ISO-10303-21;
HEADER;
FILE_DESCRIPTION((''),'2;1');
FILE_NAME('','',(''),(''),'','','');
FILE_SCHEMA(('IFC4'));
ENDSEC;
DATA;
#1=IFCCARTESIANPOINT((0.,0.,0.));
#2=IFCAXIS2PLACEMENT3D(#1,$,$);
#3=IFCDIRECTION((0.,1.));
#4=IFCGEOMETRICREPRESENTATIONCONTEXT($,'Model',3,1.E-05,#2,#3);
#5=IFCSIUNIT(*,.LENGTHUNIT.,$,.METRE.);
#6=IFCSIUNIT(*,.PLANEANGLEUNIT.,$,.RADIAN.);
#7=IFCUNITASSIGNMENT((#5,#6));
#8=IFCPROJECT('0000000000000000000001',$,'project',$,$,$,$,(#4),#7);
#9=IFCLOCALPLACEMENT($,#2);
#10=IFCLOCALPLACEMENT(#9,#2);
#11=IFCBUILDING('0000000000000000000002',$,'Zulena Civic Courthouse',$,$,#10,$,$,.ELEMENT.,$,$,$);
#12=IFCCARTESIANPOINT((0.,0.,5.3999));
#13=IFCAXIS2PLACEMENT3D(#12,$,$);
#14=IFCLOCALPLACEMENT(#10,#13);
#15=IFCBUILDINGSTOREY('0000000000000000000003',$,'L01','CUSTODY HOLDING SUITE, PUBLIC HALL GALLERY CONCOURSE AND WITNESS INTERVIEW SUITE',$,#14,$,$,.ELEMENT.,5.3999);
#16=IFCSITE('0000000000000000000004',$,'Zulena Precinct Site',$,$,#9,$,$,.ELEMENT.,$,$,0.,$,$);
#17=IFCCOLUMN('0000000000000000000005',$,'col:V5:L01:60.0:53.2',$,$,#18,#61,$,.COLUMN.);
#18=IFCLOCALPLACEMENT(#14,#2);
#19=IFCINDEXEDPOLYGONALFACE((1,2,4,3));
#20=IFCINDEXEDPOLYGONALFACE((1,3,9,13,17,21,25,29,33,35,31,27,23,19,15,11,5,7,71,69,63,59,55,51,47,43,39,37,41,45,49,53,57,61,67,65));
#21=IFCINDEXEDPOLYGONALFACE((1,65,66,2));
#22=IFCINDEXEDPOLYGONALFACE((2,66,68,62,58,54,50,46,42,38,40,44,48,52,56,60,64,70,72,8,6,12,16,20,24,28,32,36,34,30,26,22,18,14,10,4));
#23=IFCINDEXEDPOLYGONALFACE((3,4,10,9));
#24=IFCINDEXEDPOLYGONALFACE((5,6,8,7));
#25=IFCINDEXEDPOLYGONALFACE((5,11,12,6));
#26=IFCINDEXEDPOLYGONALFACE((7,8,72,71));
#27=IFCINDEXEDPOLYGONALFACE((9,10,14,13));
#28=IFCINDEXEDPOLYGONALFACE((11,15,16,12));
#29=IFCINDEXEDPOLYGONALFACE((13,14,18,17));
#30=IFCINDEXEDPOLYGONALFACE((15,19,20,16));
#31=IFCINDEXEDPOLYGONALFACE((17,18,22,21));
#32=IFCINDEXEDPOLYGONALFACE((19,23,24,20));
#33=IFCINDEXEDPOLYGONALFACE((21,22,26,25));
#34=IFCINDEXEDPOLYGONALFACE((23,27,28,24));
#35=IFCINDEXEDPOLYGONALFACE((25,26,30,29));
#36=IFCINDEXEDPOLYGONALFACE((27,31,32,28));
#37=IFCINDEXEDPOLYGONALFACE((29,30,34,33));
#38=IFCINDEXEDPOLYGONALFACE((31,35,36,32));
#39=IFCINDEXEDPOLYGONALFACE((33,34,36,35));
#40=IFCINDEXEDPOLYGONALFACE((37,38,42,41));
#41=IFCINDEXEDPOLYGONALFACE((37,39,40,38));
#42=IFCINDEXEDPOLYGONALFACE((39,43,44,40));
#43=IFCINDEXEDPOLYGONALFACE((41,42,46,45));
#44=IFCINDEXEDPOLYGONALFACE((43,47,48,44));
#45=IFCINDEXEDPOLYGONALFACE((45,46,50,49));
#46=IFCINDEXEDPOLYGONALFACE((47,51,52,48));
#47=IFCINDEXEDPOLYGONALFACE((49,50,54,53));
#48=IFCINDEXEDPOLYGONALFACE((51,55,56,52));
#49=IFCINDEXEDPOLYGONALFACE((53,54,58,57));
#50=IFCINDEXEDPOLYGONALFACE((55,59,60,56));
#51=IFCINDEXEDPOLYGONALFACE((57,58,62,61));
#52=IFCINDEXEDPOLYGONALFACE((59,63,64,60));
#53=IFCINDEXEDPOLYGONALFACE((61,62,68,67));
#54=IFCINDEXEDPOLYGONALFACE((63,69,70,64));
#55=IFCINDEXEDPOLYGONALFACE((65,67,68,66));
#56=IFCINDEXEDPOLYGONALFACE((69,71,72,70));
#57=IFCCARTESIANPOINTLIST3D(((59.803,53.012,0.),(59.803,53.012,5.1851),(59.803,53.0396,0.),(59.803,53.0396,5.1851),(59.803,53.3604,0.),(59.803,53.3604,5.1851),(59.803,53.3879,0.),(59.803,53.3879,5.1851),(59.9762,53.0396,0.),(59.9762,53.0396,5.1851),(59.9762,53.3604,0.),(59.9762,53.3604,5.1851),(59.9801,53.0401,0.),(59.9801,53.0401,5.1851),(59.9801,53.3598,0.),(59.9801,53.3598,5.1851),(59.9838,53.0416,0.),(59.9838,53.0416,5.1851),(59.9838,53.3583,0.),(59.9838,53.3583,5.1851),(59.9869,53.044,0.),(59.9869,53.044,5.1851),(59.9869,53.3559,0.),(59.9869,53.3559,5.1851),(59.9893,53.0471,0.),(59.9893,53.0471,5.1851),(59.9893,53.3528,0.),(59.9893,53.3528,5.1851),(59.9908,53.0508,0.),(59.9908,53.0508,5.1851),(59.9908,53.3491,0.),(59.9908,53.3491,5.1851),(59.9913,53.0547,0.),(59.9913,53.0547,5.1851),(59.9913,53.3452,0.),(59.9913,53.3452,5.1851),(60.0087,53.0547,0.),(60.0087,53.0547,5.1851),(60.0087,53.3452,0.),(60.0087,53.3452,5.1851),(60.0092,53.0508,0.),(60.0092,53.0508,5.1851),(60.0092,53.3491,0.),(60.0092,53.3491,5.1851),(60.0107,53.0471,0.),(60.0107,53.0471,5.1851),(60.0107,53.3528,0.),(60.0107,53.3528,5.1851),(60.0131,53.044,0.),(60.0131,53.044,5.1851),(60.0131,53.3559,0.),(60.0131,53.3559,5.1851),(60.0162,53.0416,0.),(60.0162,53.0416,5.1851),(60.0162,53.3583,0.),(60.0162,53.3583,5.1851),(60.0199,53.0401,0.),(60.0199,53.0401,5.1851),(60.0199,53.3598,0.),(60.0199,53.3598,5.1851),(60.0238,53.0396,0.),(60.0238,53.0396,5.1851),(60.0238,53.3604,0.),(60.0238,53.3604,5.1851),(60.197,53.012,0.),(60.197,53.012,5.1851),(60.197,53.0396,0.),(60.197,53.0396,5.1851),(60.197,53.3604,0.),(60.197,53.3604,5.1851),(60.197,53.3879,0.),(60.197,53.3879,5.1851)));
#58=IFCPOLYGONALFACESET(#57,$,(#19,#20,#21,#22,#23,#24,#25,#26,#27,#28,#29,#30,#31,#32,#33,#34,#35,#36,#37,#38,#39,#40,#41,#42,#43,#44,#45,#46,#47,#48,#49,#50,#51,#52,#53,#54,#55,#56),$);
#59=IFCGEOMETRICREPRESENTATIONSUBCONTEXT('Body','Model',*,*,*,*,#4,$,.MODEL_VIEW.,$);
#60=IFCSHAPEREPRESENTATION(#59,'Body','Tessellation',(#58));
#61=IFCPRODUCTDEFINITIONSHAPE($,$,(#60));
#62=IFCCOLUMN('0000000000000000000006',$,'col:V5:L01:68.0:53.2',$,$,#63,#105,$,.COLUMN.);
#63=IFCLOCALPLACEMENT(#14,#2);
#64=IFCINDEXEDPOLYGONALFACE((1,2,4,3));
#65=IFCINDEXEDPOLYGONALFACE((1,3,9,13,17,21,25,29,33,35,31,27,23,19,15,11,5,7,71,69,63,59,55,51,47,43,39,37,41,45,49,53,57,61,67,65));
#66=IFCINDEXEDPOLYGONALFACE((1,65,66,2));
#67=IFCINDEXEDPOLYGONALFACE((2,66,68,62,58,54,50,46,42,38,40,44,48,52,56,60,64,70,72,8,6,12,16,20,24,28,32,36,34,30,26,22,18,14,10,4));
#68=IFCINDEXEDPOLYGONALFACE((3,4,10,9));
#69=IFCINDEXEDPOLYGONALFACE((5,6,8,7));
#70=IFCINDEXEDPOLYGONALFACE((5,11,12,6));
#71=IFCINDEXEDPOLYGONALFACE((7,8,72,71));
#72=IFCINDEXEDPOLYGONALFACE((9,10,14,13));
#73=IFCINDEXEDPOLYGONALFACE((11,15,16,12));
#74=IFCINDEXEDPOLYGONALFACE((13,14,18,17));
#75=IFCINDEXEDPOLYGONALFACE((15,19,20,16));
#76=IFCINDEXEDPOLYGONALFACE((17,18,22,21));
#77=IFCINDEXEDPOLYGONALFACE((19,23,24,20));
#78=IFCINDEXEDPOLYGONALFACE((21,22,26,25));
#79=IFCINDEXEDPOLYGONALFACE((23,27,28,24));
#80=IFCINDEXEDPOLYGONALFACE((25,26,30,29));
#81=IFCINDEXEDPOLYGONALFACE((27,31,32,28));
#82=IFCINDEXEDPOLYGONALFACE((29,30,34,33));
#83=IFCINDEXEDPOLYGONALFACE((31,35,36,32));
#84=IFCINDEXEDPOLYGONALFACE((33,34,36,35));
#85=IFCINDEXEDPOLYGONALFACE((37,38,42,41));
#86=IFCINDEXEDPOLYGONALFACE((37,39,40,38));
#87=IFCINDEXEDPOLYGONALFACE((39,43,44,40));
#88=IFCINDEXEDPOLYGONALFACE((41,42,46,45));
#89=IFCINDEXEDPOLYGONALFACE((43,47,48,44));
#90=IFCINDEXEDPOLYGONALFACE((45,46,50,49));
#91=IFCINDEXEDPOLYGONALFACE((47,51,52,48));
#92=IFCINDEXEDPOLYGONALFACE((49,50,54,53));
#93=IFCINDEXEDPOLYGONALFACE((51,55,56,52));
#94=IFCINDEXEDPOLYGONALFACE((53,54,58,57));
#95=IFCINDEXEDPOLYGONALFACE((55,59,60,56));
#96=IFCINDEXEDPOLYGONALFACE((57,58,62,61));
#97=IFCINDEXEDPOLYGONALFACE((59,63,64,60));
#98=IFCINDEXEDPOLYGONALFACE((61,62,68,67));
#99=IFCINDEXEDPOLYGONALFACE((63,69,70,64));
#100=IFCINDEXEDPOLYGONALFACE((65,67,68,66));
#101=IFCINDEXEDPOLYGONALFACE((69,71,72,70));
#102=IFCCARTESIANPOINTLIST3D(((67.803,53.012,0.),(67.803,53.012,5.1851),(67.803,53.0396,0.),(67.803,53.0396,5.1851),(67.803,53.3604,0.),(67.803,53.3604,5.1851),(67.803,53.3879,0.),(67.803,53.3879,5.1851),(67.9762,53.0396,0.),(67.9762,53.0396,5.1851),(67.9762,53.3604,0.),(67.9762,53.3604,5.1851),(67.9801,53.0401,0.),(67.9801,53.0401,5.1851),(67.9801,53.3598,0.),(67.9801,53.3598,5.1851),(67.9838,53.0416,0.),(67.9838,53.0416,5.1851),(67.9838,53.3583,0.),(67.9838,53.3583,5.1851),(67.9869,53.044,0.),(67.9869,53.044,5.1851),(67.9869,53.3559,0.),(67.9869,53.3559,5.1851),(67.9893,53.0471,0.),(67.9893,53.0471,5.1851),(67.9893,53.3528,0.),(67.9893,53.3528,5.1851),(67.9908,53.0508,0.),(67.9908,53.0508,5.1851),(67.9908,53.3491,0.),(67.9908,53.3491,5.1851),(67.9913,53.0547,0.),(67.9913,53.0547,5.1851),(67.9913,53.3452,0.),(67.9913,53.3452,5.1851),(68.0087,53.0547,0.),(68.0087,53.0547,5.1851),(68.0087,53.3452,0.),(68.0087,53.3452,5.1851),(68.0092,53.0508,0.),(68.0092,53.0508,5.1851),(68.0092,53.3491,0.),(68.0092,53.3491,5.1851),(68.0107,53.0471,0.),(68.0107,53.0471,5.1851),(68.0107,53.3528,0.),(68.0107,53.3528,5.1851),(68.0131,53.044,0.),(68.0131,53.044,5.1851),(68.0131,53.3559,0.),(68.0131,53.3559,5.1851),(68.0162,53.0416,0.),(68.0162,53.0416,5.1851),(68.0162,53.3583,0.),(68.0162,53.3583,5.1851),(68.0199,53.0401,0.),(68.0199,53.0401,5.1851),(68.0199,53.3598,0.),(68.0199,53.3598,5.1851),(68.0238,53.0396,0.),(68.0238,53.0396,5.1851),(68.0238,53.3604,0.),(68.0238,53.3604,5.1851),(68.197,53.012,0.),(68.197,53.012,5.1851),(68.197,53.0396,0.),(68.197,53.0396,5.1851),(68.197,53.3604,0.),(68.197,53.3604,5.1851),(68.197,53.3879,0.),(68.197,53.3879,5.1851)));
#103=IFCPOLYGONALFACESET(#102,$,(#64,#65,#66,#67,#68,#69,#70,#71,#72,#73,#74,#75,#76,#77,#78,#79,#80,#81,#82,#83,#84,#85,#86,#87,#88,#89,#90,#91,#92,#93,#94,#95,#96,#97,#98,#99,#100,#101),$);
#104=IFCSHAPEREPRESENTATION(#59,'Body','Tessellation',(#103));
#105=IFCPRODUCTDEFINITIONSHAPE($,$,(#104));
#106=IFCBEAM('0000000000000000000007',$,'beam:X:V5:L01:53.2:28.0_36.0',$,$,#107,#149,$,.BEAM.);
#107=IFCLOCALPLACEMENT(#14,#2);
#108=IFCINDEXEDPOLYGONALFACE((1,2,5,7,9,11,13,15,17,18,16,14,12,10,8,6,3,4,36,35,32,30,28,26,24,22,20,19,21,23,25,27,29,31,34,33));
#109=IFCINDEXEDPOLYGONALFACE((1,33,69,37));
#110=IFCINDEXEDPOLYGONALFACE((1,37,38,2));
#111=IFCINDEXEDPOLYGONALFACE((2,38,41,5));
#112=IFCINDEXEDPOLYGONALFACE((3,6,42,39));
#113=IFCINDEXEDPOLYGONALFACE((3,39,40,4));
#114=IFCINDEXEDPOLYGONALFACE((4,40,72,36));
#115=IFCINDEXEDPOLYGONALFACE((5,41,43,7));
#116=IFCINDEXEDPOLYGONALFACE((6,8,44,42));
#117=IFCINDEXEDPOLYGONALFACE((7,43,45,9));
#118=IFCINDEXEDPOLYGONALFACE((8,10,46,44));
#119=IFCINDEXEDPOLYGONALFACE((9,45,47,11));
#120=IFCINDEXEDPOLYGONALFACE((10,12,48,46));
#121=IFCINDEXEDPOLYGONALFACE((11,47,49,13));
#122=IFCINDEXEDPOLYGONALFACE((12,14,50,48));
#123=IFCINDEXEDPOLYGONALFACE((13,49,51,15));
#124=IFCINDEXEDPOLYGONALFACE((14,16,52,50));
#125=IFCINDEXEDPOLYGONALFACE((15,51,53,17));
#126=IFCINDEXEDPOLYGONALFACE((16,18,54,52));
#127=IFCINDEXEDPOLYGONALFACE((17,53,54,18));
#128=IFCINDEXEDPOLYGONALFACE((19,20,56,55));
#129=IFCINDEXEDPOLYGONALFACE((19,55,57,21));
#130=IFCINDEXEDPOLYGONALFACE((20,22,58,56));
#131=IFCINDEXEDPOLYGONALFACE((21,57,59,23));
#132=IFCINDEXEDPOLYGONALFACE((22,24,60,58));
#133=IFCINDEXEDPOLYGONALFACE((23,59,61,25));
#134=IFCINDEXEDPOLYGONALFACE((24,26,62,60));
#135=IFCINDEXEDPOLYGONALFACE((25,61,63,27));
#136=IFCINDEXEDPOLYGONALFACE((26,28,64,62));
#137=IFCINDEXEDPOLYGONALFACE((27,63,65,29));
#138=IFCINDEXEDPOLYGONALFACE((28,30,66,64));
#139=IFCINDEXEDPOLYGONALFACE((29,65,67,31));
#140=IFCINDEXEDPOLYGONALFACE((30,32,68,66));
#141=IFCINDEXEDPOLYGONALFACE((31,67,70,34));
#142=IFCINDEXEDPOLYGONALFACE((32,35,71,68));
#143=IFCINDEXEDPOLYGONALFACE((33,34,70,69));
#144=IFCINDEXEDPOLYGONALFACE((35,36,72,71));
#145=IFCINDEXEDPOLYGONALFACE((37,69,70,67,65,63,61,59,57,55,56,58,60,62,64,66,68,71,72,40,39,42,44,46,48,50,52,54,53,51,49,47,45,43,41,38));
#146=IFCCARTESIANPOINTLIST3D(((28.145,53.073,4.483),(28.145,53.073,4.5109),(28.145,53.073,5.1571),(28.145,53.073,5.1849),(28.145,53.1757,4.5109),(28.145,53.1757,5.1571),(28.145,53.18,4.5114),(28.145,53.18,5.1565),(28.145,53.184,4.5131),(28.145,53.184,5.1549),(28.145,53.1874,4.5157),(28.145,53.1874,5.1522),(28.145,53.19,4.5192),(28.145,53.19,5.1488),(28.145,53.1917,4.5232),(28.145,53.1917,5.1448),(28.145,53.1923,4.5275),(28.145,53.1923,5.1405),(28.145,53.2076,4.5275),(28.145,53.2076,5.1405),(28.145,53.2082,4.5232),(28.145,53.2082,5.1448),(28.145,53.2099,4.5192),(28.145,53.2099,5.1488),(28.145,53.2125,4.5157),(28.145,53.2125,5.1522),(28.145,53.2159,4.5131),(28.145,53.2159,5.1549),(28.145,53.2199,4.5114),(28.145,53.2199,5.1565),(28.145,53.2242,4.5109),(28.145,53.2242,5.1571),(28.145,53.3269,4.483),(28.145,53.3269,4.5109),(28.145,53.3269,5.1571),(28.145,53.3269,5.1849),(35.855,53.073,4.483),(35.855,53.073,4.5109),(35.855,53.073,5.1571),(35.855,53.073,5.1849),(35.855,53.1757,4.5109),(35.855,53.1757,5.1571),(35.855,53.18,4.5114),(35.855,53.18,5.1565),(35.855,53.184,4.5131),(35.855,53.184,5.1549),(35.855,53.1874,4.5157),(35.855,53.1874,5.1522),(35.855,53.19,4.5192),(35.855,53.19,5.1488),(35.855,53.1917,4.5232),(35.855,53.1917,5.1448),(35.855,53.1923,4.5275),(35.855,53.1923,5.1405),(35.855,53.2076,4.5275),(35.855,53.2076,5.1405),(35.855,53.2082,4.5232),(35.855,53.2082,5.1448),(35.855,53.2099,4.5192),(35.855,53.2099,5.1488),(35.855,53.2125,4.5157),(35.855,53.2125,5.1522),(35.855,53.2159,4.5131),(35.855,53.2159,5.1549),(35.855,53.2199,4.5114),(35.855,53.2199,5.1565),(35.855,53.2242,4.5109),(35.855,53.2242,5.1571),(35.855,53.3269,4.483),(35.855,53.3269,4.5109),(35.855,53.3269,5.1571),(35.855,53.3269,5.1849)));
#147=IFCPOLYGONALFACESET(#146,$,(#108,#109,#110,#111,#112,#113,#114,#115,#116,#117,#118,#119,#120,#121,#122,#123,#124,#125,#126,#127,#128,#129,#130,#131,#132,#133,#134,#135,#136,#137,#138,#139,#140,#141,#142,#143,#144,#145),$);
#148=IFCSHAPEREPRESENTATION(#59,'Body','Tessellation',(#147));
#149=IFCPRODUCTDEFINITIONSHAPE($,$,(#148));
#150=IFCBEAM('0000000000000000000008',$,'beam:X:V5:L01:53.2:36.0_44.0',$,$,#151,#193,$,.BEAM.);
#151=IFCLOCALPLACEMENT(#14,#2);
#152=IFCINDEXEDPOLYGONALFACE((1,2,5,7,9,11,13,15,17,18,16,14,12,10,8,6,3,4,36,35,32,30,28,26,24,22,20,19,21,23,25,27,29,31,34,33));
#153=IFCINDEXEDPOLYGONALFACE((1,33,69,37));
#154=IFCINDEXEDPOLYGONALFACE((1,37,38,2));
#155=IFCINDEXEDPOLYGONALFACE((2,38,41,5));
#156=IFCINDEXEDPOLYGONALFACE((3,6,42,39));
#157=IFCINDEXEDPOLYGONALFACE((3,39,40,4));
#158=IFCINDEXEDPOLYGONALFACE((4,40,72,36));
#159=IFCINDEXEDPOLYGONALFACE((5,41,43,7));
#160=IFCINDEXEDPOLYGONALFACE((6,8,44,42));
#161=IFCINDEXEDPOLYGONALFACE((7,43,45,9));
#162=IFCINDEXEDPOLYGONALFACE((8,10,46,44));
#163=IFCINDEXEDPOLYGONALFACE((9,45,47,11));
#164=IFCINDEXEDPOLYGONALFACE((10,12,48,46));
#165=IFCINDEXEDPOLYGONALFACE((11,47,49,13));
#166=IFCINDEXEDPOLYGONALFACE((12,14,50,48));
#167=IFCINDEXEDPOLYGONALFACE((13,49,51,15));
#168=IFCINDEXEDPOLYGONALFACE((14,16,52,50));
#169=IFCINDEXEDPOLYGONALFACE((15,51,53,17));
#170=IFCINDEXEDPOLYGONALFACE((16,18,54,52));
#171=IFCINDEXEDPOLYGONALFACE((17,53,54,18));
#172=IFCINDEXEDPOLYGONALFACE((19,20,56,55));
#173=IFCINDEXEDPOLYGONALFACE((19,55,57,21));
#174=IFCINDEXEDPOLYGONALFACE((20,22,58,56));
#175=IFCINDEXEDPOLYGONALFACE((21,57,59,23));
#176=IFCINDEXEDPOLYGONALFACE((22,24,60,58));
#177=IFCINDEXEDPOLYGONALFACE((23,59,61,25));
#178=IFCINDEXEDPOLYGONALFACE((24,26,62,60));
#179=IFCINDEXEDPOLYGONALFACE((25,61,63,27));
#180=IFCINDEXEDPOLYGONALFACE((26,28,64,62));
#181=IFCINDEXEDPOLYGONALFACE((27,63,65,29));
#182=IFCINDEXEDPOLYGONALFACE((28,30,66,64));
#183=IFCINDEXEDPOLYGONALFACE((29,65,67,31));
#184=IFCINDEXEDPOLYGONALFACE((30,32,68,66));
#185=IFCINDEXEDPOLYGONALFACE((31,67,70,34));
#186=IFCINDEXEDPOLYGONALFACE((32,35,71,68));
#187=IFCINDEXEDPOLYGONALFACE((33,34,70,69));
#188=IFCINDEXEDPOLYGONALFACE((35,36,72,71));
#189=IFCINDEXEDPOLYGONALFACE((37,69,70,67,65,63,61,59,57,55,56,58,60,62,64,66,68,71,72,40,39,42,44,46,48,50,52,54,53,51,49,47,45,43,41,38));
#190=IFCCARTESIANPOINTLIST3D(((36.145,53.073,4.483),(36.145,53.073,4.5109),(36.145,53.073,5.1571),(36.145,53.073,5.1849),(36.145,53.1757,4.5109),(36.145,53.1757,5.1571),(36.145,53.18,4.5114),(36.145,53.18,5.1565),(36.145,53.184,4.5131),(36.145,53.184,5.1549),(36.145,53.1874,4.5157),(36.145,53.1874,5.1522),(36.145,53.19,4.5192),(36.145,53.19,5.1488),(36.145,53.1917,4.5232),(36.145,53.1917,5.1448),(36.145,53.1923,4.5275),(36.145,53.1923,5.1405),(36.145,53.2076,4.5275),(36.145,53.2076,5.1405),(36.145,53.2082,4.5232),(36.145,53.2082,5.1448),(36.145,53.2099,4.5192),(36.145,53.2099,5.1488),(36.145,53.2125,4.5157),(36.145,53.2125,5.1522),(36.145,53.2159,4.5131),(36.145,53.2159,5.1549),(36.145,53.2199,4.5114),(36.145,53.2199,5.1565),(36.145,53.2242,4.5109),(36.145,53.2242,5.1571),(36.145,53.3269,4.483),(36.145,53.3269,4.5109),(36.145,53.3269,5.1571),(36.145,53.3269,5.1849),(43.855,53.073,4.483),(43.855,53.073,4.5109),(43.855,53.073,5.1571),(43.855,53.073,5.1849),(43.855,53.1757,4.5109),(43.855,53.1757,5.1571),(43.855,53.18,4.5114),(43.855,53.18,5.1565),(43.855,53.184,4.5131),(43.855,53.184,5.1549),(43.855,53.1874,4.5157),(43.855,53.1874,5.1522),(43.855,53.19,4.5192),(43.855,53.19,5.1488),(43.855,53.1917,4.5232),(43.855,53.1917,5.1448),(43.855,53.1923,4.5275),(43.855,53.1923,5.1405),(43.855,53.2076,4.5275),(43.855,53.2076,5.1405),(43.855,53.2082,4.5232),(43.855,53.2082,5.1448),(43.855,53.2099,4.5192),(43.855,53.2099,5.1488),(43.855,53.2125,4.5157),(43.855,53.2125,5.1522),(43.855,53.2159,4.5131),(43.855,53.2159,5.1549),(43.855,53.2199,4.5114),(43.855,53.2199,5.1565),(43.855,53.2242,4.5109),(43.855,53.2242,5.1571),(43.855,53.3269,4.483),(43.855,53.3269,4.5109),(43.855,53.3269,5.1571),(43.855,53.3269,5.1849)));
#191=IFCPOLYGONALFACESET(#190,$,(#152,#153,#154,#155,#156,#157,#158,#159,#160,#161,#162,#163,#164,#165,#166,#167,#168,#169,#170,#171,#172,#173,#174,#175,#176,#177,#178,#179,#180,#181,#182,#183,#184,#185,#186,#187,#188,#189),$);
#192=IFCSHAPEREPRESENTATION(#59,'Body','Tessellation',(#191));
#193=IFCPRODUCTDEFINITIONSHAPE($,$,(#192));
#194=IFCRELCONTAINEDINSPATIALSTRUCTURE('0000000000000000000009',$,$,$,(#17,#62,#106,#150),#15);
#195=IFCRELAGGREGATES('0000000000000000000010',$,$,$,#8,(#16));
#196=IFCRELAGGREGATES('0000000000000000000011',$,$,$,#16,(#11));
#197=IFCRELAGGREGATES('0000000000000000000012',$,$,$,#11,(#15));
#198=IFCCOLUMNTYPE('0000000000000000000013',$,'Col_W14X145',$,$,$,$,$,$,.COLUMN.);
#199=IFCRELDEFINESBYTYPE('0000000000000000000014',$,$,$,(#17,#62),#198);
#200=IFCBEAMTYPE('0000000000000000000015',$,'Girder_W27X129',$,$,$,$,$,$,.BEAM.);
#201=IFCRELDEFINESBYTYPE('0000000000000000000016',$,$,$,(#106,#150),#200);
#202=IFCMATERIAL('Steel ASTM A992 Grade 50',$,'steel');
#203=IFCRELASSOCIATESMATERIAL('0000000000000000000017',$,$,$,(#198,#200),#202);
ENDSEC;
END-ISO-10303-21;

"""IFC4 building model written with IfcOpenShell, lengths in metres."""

from ifc_helpers import new_model, si_unit, direction, frame, origin, origin_2d, place, context, subcontext, project, spatial, i_section, extrude, material, material_profile, profile_set, type_object, element, save


model = new_model("IFC4")

# Units and contexts
model_context = context("Model", 3, precision=1e-05, world=origin(), true_north=direction((0.0, 1.0)))
body_context = subcontext(model_context, "Body", "Model", "MODEL_VIEW")
ifc_project = project(units=[si_unit("LENGTHUNIT", "METRE"), si_unit("PLANEANGLEUNIT", "RADIAN")], contexts=[model_context])

# Site, building, storey
site_placement = place(None, origin())
site = spatial("IfcSite", under=ifc_project, at=site_placement, Name="Zulena Precinct Site", CompositionType="ELEMENT", RefElevation=0.0)
building_placement = place(site_placement, origin())
building = spatial("IfcBuilding", under=site, at=building_placement, Name="Zulena Civic Courthouse", CompositionType="ELEMENT")
storey_placement = place(building_placement, frame((0.0, 0.0, 5.3999)))
storey = spatial("IfcBuildingStorey", under=building, at=storey_placement, Name="L01", Description="CUSTODY HOLDING SUITE, PUBLIC HALL GALLERY CONCOURSE AND WITNESS INTERVIEW SUITE", CompositionType="ELEMENT", Elevation=5.3999)

# Columns
ifc_material_1 = material(Name="Steel ASTM A992 Grade 50", Category="steel")
ifc_material_profile_1 = material_profile(ifc_material_1, i_section(OverallWidth=0.394, OverallDepth=0.376, WebThickness=0.0173, FlangeThickness=0.0276, FilletRadius=0.0151, at=origin_2d()), Name="W14X145")
ifc_profile_set_1 = profile_set([ifc_material_profile_1], Name="Steel ASTM A992 Grade 50")
column_type = type_object("IfcColumnType", Name="Col_W14X145", PredefinedType="COLUMN", material=ifc_profile_set_1)
for number, where, z_axis, x_axis, name in (
    (1, (60.0, 53.2, 0.0), (0.0, 0.0, 1.0), (1.0, 0.0, 0.0), "col:V5:L01:60.0:53.2"),
    (2, (68.0, 53.2, 0.0), (0.0, 0.0, 1.0), (1.0, 0.0, 0.0), "col:V5:L01:68.0:53.2"),
):
    element("IfcColumn", number, at=place(storey_placement, frame(where, z_axis=z_axis, x_axis=x_axis)), inside=storey, type_object=column_type, Name=name, PredefinedType="COLUMN", context=body_context, shape_type="SweptSolid", body=[
        extrude(i_section(OverallWidth=0.394, OverallDepth=0.376, WebThickness=0.0173, FlangeThickness=0.0276, FilletRadius=0.0151, at=origin_2d()), origin(), (0.0, 0.0, 1.0), 5.1851),
    ])

# Beams
ifc_material_profile_2 = material_profile(ifc_material_1, i_section(OverallWidth=0.2539, OverallDepth=0.7019, WebThickness=0.0154, FlangeThickness=0.0278, FilletRadius=0.0166, at=origin_2d()), Name="W27X129")
ifc_profile_set_2 = profile_set([ifc_material_profile_2], Name="Steel ASTM A992 Grade 50")
beam_type_1 = type_object("IfcBeamType", Name="Girder_W27X129", PredefinedType="BEAM", material=ifc_profile_set_2)
for number, where, z_axis, x_axis, name in (
    (3, (28.145, 53.2, 4.834), (1.0, 0.0, 0.0), (0.0, 1.0, 0.0), "beam:X:V5:L01:53.2:28.0_36.0"),
    (4, (36.145, 53.2, 4.834), (1.0, 0.0, 0.0), (0.0, 1.0, 0.0), "beam:X:V5:L01:53.2:36.0_44.0"),
):
    element("IfcBeam", number, at=place(storey_placement, frame(where, z_axis=z_axis, x_axis=x_axis)), inside=storey, type_object=beam_type_1, Name=name, PredefinedType="BEAM", context=body_context, shape_type="SweptSolid", body=[
        extrude(i_section(OverallWidth=0.2539, OverallDepth=0.7019, WebThickness=0.0154, FlangeThickness=0.0278, FilletRadius=0.0166, at=origin_2d()), origin(), (0.0, 0.0, 1.0), 7.71),
    ])

save(model, "model.ifc")
